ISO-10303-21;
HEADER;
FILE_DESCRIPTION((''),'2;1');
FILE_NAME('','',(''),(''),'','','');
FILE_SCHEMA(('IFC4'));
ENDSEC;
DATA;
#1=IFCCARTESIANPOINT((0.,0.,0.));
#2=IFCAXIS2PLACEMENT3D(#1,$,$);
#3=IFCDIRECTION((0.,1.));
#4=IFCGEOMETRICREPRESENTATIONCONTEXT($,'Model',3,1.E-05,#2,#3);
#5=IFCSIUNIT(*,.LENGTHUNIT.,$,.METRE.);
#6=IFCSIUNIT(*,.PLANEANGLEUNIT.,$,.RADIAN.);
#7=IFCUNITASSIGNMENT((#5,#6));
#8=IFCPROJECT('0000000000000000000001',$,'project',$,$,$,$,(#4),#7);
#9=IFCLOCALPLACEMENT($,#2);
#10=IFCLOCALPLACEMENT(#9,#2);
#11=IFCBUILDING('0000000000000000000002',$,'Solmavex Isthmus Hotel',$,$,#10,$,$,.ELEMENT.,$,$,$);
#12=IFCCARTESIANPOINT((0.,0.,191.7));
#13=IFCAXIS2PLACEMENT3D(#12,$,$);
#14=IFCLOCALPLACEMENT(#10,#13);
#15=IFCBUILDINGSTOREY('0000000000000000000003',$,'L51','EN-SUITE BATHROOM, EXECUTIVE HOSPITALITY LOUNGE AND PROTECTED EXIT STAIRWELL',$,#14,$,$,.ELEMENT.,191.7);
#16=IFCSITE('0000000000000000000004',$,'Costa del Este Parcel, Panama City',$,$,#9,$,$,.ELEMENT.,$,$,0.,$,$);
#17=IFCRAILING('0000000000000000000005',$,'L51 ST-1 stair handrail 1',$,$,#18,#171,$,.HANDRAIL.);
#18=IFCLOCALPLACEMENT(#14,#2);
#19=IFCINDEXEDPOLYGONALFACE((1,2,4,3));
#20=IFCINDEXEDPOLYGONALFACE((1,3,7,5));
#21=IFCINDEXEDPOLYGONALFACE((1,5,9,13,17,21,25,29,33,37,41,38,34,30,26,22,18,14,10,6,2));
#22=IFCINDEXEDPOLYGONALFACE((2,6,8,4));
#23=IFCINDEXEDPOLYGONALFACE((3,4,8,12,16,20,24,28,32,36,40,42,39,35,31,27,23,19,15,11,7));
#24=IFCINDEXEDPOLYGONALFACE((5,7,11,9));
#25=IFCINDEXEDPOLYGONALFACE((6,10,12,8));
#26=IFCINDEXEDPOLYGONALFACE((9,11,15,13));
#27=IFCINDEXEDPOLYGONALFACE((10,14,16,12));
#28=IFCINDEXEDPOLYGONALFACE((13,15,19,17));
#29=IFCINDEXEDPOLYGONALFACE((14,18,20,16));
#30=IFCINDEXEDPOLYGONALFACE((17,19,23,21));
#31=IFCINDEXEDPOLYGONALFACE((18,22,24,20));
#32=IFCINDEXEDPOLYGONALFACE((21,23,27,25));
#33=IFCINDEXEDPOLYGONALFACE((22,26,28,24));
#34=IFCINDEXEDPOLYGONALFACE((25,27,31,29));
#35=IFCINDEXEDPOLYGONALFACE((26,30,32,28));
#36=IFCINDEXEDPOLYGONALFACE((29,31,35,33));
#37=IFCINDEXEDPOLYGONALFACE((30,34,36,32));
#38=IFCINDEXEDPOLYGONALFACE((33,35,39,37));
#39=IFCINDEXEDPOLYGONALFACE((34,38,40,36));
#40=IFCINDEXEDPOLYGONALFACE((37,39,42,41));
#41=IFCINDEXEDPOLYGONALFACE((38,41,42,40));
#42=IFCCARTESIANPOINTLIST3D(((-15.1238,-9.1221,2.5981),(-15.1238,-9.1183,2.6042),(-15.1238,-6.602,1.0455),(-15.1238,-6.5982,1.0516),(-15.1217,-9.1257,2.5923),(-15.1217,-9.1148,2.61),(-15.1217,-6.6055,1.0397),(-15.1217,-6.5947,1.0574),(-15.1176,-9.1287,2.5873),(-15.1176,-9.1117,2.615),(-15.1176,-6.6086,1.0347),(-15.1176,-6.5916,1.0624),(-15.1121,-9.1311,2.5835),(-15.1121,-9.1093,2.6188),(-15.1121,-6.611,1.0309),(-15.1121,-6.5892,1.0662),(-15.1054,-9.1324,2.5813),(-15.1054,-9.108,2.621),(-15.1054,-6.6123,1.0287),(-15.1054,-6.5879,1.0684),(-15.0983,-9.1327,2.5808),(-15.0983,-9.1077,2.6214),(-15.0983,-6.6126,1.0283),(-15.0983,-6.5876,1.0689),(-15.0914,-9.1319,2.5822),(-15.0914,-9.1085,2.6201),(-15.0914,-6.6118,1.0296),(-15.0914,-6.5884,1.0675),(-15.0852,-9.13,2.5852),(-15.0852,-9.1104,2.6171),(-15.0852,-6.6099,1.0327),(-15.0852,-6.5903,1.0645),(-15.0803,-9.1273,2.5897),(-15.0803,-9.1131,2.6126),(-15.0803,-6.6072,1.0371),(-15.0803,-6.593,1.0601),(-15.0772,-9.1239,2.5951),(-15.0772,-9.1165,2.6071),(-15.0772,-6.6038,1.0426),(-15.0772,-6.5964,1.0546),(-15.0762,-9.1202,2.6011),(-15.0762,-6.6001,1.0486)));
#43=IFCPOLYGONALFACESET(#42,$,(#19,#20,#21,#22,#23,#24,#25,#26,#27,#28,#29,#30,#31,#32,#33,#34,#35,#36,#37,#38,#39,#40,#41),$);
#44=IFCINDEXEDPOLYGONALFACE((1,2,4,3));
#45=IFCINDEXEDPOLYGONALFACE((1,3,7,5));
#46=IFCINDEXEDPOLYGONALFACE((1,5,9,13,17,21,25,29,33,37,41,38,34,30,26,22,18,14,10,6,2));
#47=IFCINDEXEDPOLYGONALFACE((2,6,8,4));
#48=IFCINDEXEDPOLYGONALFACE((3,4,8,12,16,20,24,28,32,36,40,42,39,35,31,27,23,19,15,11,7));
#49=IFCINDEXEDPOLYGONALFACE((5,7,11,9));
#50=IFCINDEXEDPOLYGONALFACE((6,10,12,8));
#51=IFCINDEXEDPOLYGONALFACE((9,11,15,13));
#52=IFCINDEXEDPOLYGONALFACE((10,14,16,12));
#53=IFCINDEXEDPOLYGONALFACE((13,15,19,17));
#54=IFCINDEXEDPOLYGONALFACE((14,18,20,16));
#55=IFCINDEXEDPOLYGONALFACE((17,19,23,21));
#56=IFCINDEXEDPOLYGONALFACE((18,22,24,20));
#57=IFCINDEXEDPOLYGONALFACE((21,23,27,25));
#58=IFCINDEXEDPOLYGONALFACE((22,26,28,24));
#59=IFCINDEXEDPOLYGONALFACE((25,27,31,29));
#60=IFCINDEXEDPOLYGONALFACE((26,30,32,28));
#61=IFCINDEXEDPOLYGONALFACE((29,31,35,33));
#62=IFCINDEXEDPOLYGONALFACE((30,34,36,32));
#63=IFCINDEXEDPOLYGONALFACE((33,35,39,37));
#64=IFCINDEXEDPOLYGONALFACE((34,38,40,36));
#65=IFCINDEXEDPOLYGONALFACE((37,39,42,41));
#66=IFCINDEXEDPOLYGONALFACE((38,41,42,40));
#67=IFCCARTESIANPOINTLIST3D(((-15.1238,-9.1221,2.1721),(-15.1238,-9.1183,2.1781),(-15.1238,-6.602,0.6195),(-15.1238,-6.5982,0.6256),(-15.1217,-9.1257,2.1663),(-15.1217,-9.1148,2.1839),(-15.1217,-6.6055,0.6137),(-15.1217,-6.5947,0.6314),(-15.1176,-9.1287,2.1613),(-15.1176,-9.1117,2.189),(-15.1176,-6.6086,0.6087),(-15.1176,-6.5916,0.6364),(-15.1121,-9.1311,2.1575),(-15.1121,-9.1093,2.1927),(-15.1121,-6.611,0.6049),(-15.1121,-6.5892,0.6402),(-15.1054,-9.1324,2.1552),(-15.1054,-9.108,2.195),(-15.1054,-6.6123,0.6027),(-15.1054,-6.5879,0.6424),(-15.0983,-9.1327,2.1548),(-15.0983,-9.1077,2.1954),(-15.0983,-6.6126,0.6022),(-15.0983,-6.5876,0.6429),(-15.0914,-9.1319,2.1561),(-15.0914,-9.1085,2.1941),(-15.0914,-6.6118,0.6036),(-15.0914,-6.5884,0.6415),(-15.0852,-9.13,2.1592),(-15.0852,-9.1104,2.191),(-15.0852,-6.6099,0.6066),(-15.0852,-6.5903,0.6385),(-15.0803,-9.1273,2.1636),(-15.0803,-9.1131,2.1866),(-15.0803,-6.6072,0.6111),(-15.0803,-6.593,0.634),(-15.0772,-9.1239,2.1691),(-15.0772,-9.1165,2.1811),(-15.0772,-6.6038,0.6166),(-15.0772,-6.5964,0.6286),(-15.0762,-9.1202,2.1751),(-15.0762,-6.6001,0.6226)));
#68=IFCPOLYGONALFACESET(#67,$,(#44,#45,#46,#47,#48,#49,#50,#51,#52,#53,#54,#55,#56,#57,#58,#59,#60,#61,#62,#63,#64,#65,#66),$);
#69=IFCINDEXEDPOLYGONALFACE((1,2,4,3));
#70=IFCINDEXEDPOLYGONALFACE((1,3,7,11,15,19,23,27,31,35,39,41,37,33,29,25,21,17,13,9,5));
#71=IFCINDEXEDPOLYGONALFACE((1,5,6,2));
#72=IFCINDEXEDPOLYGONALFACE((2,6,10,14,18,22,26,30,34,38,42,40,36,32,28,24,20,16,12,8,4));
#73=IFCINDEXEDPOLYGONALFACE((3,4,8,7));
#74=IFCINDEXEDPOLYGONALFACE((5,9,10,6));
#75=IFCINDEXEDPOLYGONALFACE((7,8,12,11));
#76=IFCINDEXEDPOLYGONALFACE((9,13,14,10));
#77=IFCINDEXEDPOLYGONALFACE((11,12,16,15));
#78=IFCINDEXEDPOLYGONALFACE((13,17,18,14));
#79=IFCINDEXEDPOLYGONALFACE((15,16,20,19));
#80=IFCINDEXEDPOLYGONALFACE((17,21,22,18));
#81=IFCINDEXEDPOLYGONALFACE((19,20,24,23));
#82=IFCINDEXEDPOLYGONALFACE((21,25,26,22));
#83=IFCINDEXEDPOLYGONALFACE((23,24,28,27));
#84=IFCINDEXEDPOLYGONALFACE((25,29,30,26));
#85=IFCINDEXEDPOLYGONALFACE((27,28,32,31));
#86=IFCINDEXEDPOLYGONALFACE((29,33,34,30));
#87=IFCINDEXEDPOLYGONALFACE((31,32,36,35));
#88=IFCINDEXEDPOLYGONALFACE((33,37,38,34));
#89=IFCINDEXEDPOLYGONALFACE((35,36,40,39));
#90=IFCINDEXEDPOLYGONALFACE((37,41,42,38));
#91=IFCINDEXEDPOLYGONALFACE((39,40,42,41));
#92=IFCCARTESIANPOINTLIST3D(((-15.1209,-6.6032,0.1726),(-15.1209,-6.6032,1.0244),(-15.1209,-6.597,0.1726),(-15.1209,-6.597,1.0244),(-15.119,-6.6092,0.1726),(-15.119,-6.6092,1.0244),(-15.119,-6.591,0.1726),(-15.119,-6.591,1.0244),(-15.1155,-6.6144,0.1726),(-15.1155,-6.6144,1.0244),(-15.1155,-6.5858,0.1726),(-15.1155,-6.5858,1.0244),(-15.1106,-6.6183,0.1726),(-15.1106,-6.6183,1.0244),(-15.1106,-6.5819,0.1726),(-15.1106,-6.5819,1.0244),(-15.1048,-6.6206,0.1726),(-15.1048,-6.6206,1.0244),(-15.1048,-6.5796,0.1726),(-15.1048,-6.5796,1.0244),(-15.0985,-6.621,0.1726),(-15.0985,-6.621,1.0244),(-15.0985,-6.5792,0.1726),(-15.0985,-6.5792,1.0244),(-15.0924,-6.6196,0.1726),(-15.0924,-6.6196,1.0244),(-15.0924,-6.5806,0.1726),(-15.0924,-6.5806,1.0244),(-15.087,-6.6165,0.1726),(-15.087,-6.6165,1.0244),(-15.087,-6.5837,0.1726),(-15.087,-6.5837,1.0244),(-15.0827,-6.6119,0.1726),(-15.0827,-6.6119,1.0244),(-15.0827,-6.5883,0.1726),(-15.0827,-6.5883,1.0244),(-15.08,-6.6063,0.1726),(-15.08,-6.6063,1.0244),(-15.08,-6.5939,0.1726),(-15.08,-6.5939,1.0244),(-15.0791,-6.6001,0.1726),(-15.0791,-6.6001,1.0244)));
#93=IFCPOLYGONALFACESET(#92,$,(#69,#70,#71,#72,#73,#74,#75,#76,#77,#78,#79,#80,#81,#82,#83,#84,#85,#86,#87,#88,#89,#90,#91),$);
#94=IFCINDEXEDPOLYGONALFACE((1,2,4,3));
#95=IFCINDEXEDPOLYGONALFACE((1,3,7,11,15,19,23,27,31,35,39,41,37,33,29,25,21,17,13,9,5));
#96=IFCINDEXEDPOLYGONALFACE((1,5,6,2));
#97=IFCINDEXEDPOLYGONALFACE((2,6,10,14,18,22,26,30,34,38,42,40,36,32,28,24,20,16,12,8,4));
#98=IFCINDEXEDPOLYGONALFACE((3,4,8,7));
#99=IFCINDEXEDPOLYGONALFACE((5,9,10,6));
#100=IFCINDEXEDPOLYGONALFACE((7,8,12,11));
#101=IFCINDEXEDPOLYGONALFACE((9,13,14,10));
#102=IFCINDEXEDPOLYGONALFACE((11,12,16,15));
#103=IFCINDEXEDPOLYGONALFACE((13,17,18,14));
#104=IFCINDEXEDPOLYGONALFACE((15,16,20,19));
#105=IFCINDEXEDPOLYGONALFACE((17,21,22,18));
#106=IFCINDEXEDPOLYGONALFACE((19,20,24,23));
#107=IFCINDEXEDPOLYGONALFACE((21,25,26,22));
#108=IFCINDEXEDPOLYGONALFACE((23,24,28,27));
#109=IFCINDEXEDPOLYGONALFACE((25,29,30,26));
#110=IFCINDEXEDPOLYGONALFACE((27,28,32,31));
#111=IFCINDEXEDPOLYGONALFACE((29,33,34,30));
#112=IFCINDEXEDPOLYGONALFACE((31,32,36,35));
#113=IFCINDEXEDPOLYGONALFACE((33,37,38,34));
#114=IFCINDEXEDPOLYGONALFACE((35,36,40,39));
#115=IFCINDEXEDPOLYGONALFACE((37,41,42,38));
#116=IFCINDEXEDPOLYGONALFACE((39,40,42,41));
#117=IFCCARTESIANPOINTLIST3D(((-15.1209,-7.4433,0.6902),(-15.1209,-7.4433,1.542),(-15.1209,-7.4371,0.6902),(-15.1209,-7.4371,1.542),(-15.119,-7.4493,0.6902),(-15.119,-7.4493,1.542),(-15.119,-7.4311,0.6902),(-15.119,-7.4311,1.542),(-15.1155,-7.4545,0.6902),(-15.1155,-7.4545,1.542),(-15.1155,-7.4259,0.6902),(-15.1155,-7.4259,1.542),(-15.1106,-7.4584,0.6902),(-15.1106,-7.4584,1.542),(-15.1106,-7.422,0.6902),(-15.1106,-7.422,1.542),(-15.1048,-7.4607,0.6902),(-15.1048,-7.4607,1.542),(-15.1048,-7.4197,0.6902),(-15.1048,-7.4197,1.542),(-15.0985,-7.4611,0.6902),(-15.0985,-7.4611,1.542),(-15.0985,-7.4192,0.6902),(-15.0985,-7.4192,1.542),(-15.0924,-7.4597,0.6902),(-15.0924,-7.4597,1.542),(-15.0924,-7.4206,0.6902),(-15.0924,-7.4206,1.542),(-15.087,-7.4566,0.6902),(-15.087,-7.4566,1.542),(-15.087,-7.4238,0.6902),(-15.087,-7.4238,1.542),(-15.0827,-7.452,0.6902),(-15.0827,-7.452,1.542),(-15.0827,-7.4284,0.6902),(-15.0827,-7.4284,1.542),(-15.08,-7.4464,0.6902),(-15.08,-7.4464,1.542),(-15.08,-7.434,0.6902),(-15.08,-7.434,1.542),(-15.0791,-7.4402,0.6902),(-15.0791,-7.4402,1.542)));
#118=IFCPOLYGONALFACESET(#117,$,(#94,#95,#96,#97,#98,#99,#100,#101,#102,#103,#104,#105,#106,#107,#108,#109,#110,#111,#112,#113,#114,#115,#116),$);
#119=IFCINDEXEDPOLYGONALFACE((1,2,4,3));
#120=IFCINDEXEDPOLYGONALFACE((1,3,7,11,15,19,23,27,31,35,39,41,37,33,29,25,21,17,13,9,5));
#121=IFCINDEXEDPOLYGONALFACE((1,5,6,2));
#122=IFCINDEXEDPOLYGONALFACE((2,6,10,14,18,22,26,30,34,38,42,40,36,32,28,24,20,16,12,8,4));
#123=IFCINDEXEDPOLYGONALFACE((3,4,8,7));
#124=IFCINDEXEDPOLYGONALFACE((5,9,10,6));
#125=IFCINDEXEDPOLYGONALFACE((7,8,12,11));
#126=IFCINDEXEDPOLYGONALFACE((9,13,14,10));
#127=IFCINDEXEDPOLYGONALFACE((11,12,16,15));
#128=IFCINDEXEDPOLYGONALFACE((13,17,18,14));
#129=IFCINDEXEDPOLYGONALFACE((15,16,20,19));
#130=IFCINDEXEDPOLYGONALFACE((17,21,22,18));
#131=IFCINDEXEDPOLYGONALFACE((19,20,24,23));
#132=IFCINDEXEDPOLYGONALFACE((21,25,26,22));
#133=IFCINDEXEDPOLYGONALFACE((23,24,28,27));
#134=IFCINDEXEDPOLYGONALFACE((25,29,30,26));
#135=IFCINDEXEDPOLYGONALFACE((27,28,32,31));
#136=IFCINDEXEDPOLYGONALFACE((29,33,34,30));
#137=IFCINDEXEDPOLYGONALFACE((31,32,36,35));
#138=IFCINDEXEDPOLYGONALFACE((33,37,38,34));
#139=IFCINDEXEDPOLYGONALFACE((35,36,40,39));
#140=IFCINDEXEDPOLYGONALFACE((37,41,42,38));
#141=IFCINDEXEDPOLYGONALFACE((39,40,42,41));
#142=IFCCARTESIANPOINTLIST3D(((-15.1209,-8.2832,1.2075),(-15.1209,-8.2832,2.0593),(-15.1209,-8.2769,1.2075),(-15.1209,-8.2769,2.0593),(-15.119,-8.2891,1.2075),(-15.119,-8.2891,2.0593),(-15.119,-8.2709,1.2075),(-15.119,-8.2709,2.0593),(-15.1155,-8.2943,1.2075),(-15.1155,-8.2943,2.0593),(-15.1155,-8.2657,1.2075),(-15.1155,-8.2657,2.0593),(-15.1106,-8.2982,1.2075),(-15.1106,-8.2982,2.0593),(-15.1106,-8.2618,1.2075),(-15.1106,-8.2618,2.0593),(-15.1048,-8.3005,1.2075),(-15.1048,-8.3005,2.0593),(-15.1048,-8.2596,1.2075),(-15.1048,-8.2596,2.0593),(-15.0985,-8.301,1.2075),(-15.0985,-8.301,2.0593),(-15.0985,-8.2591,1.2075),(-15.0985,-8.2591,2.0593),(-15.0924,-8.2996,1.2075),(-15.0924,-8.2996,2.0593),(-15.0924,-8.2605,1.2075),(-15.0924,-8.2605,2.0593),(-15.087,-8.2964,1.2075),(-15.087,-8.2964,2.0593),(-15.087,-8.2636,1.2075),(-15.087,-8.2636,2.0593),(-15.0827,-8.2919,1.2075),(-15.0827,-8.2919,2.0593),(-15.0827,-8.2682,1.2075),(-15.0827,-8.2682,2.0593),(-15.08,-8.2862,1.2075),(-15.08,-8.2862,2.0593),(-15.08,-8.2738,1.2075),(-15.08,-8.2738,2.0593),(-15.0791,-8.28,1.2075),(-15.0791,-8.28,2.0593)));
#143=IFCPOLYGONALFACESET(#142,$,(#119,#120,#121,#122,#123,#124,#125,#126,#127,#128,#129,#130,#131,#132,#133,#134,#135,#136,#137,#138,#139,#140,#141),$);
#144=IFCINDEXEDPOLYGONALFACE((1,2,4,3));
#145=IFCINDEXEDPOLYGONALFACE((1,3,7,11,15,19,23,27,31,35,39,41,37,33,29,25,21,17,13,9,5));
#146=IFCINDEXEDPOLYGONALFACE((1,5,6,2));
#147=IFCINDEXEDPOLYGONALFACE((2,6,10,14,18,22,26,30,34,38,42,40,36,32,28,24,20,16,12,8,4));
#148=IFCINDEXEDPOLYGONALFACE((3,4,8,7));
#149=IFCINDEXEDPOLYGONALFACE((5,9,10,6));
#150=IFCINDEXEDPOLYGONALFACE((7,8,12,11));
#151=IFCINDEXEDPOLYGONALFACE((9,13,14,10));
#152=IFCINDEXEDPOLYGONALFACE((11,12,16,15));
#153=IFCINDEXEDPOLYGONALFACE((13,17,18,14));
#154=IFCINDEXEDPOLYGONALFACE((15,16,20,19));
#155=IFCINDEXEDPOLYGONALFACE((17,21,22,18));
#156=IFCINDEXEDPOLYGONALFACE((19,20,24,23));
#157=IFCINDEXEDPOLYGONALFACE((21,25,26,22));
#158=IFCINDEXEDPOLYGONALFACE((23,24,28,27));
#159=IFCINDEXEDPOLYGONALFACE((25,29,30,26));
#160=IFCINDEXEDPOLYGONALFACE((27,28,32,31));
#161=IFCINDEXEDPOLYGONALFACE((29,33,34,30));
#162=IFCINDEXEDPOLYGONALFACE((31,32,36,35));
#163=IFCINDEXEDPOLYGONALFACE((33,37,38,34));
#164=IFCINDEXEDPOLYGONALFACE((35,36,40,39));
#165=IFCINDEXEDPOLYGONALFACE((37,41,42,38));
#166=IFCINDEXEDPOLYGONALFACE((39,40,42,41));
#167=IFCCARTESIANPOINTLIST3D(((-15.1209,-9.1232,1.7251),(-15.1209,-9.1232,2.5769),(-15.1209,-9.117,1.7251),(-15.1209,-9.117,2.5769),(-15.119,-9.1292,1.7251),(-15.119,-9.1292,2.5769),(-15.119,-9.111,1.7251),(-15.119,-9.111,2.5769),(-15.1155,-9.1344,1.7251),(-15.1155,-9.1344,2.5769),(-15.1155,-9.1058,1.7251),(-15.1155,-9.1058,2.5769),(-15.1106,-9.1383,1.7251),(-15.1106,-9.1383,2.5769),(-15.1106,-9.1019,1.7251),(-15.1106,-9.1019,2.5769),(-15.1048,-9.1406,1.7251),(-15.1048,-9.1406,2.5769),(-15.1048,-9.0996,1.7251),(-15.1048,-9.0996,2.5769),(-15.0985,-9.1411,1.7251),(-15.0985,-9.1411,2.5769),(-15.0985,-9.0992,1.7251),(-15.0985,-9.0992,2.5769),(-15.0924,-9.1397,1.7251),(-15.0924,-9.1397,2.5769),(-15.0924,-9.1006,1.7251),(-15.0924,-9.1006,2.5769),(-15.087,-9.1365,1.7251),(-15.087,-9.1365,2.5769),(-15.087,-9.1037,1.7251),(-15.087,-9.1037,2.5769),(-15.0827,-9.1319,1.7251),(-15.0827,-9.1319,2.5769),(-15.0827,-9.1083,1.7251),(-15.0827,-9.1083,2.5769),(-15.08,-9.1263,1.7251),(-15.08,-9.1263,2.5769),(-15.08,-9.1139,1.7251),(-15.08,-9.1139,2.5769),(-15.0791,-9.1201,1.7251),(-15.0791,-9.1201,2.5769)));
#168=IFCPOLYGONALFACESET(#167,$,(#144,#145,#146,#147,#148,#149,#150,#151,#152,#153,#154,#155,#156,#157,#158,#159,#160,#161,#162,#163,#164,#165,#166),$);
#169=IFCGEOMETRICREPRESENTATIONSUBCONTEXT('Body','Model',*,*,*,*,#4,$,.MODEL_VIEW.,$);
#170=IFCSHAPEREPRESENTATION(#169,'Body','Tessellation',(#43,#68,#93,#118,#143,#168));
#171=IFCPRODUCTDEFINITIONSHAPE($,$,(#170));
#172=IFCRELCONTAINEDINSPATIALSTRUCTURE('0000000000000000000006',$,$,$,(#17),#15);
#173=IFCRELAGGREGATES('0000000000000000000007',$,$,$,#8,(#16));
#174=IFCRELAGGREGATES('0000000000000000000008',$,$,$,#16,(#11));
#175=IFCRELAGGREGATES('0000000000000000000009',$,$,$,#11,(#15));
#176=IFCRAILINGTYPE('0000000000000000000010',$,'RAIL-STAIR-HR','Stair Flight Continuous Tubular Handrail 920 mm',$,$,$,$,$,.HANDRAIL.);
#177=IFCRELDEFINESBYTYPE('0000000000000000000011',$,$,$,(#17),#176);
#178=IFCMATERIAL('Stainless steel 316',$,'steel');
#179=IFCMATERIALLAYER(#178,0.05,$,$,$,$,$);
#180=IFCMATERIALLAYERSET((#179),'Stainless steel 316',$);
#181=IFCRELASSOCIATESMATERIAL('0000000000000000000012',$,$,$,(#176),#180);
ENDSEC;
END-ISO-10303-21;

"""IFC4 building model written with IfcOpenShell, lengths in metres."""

from ifc_helpers import new_model, si_unit, direction, frame, origin, origin_2d, place, context, subcontext, project, spatial, circle, extrude, material, layer, layer_set, type_object, element, save


model = new_model("IFC4")

# Units and contexts
model_context = context("Model", 3, precision=1e-05, world=origin(), true_north=direction((0.0, 1.0)))
body_context = subcontext(model_context, "Body", "Model", "MODEL_VIEW")
ifc_project = project(units=[si_unit("LENGTHUNIT", "METRE"), si_unit("PLANEANGLEUNIT", "RADIAN")], contexts=[model_context])

# Site, building, storey
site_placement = place(None, origin())
site = spatial("IfcSite", under=ifc_project, at=site_placement, Name="Costa del Este Parcel, Panama City", CompositionType="ELEMENT", RefElevation=0.0)
building_placement = place(site_placement, origin())
building = spatial("IfcBuilding", under=site, at=building_placement, Name="Solmavex Isthmus Hotel", CompositionType="ELEMENT")
storey_placement = place(building_placement, frame((0.0, 0.0, 191.7)))
storey = spatial("IfcBuildingStorey", under=building, at=storey_placement, Name="L51", Description="EN-SUITE BATHROOM, EXECUTIVE HOSPITALITY LOUNGE AND PROTECTED EXIT STAIRWELL", CompositionType="ELEMENT", Elevation=191.7)

# Railing
ifc_material_1 = material(Name="Stainless steel 316", Category="steel")
ifc_layer_1 = layer(ifc_material_1, 0.05)
ifc_layer_set_1 = layer_set([ifc_layer_1], Name="Stainless steel 316")
railing_type_1 = type_object("IfcRailingType", Name="RAIL-STAIR-HR", Description="Stair Flight Continuous Tubular Handrail 920 mm", PredefinedType="HANDRAIL", material=ifc_layer_set_1)
railing_1_placement = place(storey_placement, frame((-15.1001, -6.6001, 0.1726)))
element("IfcRailing", 1, at=railing_1_placement, inside=storey, type_object=railing_type_1, Name="L51 ST-1 stair handrail 1", PredefinedType="HANDRAIL", context=body_context, shape_type="SweptSolid", body=[
    extrude(circle(Radius=0.0239, at=origin_2d()), frame((0.0, 0.0, 0.876), z_axis=(0.0, -0.8514, 0.524516), x_axis=(1.0, 0.0, 0.0)), (0.0, 0.0, 1.0), 2.96),
    extrude(circle(Radius=0.0239, at=origin_2d()), frame((0.0, 0.0, 0.45), z_axis=(0.0, -0.8514, 0.524516), x_axis=(1.0, 0.0, 0.0)), (0.0, 0.0, 1.0), 2.96),
    extrude(circle(Radius=0.021, at=origin_2d()), origin(), (0.0, 0.0, 1.0), 0.8518),
    extrude(circle(Radius=0.021, at=origin_2d()), frame((0.0, -0.8401, 0.5176)), (0.0, 0.0, 1.0), 0.8518),
    extrude(circle(Radius=0.021, at=origin_2d()), frame((0.0, -1.6799, 1.0349)), (0.0, 0.0, 1.0), 0.8518),
    extrude(circle(Radius=0.021, at=origin_2d()), frame((0.0, -2.52, 1.5525)), (0.0, 0.0, 1.0), 0.8518),
])

save(model, "model.ifc")
